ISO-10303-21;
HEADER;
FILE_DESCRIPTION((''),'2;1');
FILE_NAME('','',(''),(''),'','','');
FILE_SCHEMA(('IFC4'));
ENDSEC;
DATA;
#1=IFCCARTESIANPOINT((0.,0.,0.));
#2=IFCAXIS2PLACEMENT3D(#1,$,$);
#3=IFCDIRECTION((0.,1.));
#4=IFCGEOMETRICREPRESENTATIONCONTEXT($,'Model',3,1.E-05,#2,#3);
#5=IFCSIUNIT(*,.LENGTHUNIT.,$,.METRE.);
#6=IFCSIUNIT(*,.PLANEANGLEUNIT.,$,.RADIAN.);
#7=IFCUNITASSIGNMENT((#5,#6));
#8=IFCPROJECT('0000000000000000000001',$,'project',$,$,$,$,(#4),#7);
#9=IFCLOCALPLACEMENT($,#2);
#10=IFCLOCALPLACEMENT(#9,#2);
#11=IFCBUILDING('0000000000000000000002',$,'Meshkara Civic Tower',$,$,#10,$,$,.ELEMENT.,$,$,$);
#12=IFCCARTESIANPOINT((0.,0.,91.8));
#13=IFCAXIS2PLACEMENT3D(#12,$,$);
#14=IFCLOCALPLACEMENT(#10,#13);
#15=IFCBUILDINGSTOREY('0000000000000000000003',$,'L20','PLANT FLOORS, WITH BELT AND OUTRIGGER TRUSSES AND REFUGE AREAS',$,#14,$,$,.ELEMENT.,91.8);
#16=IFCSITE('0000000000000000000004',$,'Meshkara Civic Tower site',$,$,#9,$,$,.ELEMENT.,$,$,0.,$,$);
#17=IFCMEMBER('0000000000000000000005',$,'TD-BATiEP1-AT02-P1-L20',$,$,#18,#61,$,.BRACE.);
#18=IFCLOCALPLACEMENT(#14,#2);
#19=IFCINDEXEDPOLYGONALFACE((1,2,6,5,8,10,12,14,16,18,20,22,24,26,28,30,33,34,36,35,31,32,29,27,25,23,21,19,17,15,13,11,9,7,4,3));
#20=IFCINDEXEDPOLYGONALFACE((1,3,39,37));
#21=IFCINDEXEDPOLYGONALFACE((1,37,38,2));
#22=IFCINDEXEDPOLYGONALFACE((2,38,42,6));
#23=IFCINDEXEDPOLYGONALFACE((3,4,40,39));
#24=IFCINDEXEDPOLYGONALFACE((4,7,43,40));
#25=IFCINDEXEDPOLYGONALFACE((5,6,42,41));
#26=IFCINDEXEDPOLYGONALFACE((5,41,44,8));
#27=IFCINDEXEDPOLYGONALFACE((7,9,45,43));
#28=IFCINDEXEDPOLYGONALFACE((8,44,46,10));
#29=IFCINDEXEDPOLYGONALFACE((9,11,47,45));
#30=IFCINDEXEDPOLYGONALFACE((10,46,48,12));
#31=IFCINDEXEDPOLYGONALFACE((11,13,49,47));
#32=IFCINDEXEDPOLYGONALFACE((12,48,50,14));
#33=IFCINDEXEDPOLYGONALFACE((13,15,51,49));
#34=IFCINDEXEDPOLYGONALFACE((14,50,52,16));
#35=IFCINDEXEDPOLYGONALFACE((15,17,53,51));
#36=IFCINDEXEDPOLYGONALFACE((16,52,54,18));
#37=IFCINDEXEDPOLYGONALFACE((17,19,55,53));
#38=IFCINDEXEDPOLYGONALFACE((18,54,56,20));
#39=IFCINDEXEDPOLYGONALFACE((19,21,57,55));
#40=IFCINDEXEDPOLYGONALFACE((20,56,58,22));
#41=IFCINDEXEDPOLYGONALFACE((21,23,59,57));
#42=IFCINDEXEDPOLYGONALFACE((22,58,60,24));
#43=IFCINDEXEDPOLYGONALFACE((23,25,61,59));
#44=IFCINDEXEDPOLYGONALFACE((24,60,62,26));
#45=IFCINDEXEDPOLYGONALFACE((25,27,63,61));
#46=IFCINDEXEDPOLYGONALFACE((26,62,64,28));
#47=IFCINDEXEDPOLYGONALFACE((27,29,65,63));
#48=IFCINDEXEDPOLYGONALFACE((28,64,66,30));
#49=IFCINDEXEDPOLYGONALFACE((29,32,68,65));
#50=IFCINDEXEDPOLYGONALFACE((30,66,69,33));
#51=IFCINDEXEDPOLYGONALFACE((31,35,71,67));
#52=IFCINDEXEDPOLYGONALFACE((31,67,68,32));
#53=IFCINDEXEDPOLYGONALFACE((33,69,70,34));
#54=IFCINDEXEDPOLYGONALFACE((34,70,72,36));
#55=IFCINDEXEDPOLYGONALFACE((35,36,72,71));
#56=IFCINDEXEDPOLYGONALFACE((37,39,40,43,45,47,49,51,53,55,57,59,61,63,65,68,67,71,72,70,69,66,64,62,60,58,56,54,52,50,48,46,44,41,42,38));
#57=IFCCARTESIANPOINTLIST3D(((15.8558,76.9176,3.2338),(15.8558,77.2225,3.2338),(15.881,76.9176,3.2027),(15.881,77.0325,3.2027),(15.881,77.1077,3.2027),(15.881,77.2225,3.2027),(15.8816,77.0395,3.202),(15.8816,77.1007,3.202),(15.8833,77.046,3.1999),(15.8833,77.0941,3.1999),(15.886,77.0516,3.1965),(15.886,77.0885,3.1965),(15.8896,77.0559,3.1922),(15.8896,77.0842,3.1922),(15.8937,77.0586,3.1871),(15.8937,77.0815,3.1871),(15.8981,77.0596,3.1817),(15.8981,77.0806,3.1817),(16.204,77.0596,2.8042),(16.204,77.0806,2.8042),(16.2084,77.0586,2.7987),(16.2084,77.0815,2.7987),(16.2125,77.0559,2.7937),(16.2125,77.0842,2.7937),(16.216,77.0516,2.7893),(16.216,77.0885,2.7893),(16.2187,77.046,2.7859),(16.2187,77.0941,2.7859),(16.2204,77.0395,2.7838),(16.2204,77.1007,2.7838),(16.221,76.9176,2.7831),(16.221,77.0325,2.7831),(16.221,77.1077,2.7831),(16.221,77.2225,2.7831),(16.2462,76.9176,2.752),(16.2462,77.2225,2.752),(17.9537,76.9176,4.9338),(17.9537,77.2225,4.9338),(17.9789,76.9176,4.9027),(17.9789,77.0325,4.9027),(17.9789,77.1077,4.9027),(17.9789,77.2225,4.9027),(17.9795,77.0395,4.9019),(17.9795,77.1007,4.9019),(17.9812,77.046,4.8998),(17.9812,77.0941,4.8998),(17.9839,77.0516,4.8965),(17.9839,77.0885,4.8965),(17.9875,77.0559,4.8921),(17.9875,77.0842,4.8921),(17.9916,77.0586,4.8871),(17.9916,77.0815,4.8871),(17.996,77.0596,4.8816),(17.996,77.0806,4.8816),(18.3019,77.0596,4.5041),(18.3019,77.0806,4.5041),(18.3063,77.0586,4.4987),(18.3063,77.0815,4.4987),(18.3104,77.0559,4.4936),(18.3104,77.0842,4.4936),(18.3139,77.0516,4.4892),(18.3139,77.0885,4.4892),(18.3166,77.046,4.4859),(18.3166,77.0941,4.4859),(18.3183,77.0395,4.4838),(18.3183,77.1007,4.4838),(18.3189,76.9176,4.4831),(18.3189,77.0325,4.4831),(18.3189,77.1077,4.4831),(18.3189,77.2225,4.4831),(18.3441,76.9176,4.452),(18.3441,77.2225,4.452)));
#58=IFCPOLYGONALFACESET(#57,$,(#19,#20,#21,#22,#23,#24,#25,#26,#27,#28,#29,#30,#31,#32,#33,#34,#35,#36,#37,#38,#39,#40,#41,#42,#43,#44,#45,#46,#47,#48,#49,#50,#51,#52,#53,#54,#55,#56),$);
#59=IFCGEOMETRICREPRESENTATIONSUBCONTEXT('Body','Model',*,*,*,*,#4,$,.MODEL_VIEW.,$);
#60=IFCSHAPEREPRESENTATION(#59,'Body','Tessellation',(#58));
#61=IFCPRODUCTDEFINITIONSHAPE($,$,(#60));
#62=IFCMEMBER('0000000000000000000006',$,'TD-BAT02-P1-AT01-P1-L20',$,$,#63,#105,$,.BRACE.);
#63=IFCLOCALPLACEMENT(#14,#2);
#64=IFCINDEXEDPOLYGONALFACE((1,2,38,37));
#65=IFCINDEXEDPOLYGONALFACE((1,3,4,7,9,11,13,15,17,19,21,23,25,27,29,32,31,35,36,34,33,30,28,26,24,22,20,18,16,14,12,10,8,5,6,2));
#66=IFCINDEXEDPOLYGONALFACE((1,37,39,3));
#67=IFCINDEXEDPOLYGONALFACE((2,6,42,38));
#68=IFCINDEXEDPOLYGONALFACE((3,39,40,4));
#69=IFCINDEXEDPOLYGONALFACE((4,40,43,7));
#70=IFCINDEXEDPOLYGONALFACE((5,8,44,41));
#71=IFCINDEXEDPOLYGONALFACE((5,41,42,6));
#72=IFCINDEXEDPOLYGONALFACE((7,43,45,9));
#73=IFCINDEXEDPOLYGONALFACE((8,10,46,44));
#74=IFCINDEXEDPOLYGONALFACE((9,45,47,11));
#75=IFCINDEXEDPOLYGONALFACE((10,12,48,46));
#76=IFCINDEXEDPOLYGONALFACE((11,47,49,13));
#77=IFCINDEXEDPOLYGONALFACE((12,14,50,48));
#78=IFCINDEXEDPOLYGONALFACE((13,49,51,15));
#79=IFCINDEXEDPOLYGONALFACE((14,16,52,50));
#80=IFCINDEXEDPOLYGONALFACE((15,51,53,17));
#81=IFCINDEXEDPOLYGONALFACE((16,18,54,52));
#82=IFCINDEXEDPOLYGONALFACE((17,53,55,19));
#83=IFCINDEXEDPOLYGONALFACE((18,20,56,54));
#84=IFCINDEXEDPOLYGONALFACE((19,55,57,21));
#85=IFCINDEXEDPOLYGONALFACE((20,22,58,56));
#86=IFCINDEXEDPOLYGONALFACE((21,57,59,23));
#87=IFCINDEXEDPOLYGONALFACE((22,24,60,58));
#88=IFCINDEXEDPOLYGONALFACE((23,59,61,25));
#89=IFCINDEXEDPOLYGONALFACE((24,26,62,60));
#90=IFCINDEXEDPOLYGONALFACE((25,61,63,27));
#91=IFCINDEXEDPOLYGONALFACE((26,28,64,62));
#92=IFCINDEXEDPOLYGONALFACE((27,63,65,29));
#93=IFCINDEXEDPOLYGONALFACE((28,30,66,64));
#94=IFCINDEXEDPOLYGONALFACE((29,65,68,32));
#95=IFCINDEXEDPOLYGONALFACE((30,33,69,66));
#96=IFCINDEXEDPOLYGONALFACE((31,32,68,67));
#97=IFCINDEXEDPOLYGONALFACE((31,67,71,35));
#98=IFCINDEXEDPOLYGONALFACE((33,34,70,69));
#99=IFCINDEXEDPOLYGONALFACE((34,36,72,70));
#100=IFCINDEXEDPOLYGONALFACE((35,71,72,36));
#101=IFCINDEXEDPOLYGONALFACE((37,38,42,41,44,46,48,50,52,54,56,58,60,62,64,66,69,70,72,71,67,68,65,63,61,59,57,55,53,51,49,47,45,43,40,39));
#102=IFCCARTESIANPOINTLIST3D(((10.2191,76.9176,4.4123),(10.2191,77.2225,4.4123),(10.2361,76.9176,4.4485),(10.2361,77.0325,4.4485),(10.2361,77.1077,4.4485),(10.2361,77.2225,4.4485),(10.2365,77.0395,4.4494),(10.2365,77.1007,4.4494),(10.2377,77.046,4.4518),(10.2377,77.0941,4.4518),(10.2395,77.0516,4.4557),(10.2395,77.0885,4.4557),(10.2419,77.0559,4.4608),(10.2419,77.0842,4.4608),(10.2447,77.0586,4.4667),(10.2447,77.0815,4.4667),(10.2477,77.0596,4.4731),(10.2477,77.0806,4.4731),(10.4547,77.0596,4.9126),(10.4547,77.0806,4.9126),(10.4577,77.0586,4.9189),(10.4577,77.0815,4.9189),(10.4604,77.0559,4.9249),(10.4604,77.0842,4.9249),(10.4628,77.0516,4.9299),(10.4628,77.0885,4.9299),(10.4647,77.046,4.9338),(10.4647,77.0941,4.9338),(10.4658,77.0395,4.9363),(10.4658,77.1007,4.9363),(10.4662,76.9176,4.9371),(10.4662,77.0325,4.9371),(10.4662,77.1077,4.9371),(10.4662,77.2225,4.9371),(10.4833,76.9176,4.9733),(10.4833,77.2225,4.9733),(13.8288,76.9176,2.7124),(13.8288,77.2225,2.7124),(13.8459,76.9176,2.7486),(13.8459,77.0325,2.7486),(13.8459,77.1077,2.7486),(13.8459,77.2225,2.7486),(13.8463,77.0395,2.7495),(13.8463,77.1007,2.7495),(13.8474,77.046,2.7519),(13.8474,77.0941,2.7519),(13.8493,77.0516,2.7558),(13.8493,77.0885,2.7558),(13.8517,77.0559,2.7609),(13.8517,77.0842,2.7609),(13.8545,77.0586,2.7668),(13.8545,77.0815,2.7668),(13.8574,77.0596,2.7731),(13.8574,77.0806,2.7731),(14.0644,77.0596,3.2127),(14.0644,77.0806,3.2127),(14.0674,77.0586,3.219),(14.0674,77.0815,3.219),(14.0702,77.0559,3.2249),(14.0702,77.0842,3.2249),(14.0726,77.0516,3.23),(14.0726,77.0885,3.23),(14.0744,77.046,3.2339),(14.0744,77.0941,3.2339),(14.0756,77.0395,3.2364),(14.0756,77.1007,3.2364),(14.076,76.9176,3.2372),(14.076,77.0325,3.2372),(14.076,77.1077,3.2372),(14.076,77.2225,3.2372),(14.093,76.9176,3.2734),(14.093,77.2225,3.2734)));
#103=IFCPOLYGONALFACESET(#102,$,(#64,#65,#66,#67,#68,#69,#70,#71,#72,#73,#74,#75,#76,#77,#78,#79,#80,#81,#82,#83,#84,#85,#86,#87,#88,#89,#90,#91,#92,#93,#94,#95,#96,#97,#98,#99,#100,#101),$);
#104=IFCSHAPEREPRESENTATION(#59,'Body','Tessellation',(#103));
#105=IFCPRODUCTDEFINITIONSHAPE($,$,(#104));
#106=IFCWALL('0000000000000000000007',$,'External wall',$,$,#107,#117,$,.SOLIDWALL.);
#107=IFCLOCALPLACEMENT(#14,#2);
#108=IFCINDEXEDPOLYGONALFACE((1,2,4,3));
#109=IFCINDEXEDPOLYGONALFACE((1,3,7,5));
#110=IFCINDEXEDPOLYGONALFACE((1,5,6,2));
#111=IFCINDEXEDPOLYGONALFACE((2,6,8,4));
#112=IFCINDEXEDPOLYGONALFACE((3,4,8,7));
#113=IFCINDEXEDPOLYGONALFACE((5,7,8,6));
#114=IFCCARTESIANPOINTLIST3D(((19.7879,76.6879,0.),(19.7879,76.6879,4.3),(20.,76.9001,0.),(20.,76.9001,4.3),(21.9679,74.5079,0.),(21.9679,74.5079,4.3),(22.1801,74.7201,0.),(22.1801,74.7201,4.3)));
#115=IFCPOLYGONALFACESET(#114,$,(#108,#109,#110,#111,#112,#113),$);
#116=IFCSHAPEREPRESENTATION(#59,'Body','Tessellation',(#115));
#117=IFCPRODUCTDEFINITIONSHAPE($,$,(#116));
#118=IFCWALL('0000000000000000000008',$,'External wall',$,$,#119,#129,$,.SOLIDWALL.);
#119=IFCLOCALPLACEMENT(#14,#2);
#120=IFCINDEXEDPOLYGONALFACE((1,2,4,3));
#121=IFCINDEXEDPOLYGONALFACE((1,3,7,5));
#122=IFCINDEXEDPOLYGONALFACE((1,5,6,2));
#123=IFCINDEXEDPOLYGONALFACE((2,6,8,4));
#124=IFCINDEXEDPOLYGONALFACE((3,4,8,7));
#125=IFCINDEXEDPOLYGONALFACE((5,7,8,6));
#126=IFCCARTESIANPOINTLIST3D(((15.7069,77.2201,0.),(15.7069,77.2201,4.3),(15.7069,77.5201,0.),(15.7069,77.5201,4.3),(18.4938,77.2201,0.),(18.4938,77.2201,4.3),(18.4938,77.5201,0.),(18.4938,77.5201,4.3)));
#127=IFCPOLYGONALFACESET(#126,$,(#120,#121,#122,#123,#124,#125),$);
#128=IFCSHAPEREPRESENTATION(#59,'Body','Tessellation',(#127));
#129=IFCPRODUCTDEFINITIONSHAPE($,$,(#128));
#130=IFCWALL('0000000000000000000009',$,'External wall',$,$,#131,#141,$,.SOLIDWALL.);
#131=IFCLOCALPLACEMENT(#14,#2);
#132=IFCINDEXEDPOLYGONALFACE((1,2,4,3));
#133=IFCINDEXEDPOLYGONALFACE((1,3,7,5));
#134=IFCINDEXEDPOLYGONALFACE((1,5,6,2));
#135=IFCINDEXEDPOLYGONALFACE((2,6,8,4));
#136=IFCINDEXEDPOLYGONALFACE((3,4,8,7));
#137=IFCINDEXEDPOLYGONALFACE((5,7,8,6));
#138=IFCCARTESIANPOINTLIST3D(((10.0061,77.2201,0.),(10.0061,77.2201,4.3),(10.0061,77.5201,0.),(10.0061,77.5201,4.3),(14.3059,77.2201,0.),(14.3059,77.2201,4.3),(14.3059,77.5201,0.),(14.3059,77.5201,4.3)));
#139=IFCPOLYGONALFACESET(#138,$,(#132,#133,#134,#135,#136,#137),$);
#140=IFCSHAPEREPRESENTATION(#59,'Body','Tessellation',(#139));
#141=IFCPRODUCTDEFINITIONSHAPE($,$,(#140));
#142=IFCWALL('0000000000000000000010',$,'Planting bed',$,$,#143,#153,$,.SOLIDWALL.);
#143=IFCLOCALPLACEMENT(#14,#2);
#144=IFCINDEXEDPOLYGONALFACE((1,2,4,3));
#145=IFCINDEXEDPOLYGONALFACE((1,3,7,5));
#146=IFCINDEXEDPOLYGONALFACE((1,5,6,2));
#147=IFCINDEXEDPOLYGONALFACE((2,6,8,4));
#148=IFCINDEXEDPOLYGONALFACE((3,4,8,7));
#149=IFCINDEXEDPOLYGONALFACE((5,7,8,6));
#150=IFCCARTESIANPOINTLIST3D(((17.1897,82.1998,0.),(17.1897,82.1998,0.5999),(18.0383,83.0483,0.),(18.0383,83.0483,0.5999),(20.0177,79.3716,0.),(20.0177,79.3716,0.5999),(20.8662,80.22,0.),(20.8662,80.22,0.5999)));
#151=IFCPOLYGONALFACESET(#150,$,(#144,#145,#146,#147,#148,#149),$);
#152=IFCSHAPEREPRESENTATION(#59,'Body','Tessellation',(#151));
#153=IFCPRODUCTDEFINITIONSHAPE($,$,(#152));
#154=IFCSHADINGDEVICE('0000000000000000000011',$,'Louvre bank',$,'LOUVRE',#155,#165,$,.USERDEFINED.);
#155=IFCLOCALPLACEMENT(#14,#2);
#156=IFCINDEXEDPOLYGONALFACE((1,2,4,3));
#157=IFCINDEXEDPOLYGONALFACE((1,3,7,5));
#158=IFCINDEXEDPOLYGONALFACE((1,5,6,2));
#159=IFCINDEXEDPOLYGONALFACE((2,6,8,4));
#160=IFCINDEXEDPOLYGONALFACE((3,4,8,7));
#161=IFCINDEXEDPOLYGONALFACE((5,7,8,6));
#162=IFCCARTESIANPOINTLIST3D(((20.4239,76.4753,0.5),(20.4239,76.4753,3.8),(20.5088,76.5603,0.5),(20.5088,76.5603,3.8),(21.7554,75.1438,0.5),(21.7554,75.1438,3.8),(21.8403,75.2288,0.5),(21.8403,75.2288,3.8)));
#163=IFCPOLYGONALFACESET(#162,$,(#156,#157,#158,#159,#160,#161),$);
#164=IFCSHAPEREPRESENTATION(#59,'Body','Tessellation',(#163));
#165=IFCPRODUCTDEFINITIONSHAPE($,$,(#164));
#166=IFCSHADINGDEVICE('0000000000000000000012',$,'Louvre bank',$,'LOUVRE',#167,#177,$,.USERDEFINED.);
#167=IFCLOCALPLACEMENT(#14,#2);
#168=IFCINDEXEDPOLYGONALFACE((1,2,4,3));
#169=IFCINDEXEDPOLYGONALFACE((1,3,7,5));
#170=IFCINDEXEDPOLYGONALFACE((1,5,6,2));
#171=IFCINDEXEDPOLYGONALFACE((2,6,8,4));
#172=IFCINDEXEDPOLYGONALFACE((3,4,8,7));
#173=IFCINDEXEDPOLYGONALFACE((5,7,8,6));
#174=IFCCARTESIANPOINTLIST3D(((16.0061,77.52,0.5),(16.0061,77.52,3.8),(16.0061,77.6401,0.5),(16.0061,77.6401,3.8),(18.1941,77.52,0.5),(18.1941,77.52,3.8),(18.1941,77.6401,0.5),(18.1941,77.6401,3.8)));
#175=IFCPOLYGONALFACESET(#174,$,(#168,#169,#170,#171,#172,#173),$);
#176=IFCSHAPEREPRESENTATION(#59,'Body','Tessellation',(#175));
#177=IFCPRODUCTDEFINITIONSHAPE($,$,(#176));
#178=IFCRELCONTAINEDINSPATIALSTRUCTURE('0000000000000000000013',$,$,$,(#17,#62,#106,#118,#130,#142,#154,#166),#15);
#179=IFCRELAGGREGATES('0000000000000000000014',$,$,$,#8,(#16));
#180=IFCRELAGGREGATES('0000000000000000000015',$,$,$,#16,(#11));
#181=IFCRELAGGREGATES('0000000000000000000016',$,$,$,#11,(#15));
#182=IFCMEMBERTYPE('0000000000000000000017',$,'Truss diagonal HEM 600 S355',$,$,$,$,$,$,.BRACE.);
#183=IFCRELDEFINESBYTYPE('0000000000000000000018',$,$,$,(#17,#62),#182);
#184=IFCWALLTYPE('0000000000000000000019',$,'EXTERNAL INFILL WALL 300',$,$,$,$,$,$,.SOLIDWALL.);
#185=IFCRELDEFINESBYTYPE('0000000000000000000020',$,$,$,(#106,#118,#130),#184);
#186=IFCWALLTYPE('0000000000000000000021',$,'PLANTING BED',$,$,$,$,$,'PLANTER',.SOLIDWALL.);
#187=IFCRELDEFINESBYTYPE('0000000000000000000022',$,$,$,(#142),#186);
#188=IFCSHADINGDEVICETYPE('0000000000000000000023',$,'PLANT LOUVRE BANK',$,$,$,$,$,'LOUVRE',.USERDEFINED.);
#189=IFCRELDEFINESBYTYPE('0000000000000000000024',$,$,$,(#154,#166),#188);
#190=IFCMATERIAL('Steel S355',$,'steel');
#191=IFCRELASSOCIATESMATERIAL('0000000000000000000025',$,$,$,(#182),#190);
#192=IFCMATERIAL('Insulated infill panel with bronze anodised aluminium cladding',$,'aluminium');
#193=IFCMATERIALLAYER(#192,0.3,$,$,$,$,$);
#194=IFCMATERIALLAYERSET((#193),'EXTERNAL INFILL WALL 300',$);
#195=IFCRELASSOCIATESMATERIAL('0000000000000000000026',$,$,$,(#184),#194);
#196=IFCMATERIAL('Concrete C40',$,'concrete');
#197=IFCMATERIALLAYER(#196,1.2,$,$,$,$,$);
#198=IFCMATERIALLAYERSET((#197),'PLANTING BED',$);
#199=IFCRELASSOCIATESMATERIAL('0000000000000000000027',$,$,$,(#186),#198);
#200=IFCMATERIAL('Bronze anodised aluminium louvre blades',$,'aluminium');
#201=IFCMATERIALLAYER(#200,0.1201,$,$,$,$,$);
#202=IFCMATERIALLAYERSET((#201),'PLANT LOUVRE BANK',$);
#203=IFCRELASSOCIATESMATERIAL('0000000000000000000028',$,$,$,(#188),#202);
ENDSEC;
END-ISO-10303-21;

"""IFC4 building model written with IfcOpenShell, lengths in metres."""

from ifc_helpers import new_model, si_unit, direction, frame, frame_2d, origin, origin_2d, place, context, subcontext, project, spatial, rectangle, i_section, extrude, material, layer, layer_set, material_profile, profile_set, type_object, element, save


model = new_model("IFC4")

# Units and contexts
model_context = context("Model", 3, precision=1e-05, world=origin(), true_north=direction((0.0, 1.0)))
body_context = subcontext(model_context, "Body", "Model", "MODEL_VIEW")
ifc_project = project(units=[si_unit("LENGTHUNIT", "METRE"), si_unit("PLANEANGLEUNIT", "RADIAN")], contexts=[model_context])

# Site, building, storey
site_placement = place(None, origin())
site = spatial("IfcSite", under=ifc_project, at=site_placement, Name="Meshkara Civic Tower site", CompositionType="ELEMENT", RefElevation=0.0)
building_placement = place(site_placement, origin())
building = spatial("IfcBuilding", under=site, at=building_placement, Name="Meshkara Civic Tower", CompositionType="ELEMENT")
storey_placement = place(building_placement, frame((0.0, 0.0, 91.8)))
storey = spatial("IfcBuildingStorey", under=building, at=storey_placement, Name="L20", Description="PLANT FLOORS, WITH BELT AND OUTRIGGER TRUSSES AND REFUGE AREAS", CompositionType="ELEMENT", Elevation=91.8)

# Members
ifc_material_1 = material(Name="Steel S355", Category="steel")
ifc_material_profile_1 = material_profile(ifc_material_1, i_section(OverallWidth=0.3049, OverallDepth=0.6201, WebThickness=0.021, FlangeThickness=0.04, FilletRadius=0.0271, at=origin_2d()))
ifc_profile_set_1 = profile_set([ifc_material_profile_1], Name="Steel S355")
member_type = type_object("IfcMemberType", Name="Truss diagonal HEM 600 S355", PredefinedType="BRACE", material=ifc_profile_set_1)
member_1_placement = place(storey_placement, frame((18.1489, 77.0701, 4.6929), z_axis=(-0.776946, 0.0, -0.629568), x_axis=(0.0, -1.0, 0.0)))
element("IfcMember", 1, at=member_1_placement, inside=storey, type_object=member_type, Name="TD-BATiEP1-AT02-P1-L20", PredefinedType="BRACE", context=body_context, shape_type="SweptSolid", body=[
    extrude(i_section(OverallWidth=0.3049, OverallDepth=0.6201, WebThickness=0.021, FlangeThickness=0.04, FilletRadius=0.0271, at=origin_2d()), origin(), (0.0, 0.0, 1.0), 2.7002),
])
member_2_placement = place(storey_placement, frame((13.9609, 77.0701, 2.9929), z_axis=(-0.904704, 0.0, 0.426042), x_axis=(0.0, -1.0, 0.0)))
element("IfcMember", 2, at=member_2_placement, inside=storey, type_object=member_type, Name="TD-BAT02-P1-AT01-P1-L20", PredefinedType="BRACE", context=body_context, shape_type="SweptSolid", body=[
    extrude(i_section(OverallWidth=0.3049, OverallDepth=0.6201, WebThickness=0.021, FlangeThickness=0.04, FilletRadius=0.0271, at=origin_2d()), origin(), (0.0, 0.0, 1.0), 3.99),
])

# Walls
ifc_material_2 = material(Name="Insulated infill panel with bronze anodised aluminium cladding", Category="aluminium")
ifc_layer_1 = layer(ifc_material_2, 0.3)
ifc_layer_set_1 = layer_set([ifc_layer_1], Name="EXTERNAL INFILL WALL 300")
wall_type_1 = type_object("IfcWallType", Name="EXTERNAL INFILL WALL 300", PredefinedType="SOLIDWALL", material=ifc_layer_set_1)
wall_1_placement = place(storey_placement, frame((22.074, 74.614, 0.0), z_axis=(0.0, 0.0, 1.0), x_axis=(-0.707107, 0.707107, 0.0)))
element("IfcWall", 3, at=wall_1_placement, inside=storey, type_object=wall_type_1, Name="External wall", PredefinedType="SOLIDWALL", context=body_context, shape_type="SweptSolid", body=[
    extrude(rectangle(XDim=3.083, YDim=0.3, at=frame_2d((1.5415, 0.0))), origin(), (0.0, 0.0, 1.0), 4.3),
])
wall_2_placement = place(storey_placement, frame((18.4939, 77.3701, 0.0), z_axis=(0.0, 0.0, 1.0), x_axis=(-1.0, 0.0, 0.0)))
element("IfcWall", 4, at=wall_2_placement, inside=storey, type_object=wall_type_1, Name="External wall", PredefinedType="SOLIDWALL", context=body_context, shape_type="SweptSolid", body=[
    extrude(rectangle(XDim=2.7869, YDim=0.3, at=frame_2d((1.3936, 0.0))), origin(), (0.0, 0.0, 1.0), 4.3),
])
wall_3_placement = place(storey_placement, frame((14.3059, 77.3701, 0.0), z_axis=(0.0, 0.0, 1.0), x_axis=(-1.0, 0.0, 0.0)))
element("IfcWall", 5, at=wall_3_placement, inside=storey, type_object=wall_type_1, Name="External wall", PredefinedType="SOLIDWALL", context=body_context, shape_type="SweptSolid", body=[
    extrude(rectangle(XDim=4.2998, YDim=0.3, at=frame_2d((2.1499, 0.0))), origin(), (0.0, 0.0, 1.0), 4.3),
])
ifc_material_3 = material(Name="Concrete C40", Category="concrete")
ifc_layer_2 = layer(ifc_material_3, 1.2)
ifc_layer_set_2 = layer_set([ifc_layer_2], Name="PLANTING BED")
wall_type_2 = type_object("IfcWallType", Name="PLANTING BED", ElementType="PLANTER", PredefinedType="SOLIDWALL", material=ifc_layer_set_2)
wall_4_placement = place(storey_placement, frame((17.614, 82.624, 0.0), z_axis=(0.0, 0.0, 1.0), x_axis=(0.707076, -0.707137, 0.0)))
element("IfcWall", 6, at=wall_4_placement, inside=storey, type_object=wall_type_2, Name="Planting bed", PredefinedType="SOLIDWALL", context=body_context, shape_type="SweptSolid", body=[
    extrude(rectangle(XDim=3.9995, YDim=1.2, at=frame_2d((1.9998, 0.0))), origin(), (0.0, 0.0, 1.0), 0.5999),
])

# Shading devices
ifc_material_4 = material(Name="Bronze anodised aluminium louvre blades", Category="aluminium")
ifc_layer_3 = layer(ifc_material_4, 0.1201)
ifc_layer_set_3 = layer_set([ifc_layer_3], Name="PLANT LOUVRE BANK")
shading_device_type = type_object("IfcShadingDeviceType", Name="PLANT LOUVRE BANK", ElementType="LOUVRE", PredefinedType="USERDEFINED", material=ifc_layer_set_3)
shading_device_1_placement = place(storey_placement, frame((21.1321, 75.8521, 0.5), z_axis=(0.0, 0.0, 1.0), x_axis=(-0.707107, 0.707107, 0.0)))
element("IfcShadingDevice", 7, at=shading_device_1_placement, inside=storey, type_object=shading_device_type, Name="Louvre bank", ObjectType="LOUVRE", PredefinedType="USERDEFINED", context=body_context, shape_type="SweptSolid", body=[
    extrude(rectangle(XDim=1.8831, YDim=0.1201, at=origin_2d()), origin(), (0.0, 0.0, 1.0), 3.3),
])
shading_device_2_placement = place(storey_placement, frame((17.1001, 77.5801, 0.5), z_axis=(0.0, 0.0, 1.0), x_axis=(-1.0, 0.0, 0.0)))
element("IfcShadingDevice", 8, at=shading_device_2_placement, inside=storey, type_object=shading_device_type, Name="Louvre bank", ObjectType="LOUVRE", PredefinedType="USERDEFINED", context=body_context, shape_type="SweptSolid", body=[
    extrude(rectangle(XDim=2.188, YDim=0.1201, at=origin_2d()), origin(), (0.0, 0.0, 1.0), 3.3),
])

save(model, "model.ifc")
